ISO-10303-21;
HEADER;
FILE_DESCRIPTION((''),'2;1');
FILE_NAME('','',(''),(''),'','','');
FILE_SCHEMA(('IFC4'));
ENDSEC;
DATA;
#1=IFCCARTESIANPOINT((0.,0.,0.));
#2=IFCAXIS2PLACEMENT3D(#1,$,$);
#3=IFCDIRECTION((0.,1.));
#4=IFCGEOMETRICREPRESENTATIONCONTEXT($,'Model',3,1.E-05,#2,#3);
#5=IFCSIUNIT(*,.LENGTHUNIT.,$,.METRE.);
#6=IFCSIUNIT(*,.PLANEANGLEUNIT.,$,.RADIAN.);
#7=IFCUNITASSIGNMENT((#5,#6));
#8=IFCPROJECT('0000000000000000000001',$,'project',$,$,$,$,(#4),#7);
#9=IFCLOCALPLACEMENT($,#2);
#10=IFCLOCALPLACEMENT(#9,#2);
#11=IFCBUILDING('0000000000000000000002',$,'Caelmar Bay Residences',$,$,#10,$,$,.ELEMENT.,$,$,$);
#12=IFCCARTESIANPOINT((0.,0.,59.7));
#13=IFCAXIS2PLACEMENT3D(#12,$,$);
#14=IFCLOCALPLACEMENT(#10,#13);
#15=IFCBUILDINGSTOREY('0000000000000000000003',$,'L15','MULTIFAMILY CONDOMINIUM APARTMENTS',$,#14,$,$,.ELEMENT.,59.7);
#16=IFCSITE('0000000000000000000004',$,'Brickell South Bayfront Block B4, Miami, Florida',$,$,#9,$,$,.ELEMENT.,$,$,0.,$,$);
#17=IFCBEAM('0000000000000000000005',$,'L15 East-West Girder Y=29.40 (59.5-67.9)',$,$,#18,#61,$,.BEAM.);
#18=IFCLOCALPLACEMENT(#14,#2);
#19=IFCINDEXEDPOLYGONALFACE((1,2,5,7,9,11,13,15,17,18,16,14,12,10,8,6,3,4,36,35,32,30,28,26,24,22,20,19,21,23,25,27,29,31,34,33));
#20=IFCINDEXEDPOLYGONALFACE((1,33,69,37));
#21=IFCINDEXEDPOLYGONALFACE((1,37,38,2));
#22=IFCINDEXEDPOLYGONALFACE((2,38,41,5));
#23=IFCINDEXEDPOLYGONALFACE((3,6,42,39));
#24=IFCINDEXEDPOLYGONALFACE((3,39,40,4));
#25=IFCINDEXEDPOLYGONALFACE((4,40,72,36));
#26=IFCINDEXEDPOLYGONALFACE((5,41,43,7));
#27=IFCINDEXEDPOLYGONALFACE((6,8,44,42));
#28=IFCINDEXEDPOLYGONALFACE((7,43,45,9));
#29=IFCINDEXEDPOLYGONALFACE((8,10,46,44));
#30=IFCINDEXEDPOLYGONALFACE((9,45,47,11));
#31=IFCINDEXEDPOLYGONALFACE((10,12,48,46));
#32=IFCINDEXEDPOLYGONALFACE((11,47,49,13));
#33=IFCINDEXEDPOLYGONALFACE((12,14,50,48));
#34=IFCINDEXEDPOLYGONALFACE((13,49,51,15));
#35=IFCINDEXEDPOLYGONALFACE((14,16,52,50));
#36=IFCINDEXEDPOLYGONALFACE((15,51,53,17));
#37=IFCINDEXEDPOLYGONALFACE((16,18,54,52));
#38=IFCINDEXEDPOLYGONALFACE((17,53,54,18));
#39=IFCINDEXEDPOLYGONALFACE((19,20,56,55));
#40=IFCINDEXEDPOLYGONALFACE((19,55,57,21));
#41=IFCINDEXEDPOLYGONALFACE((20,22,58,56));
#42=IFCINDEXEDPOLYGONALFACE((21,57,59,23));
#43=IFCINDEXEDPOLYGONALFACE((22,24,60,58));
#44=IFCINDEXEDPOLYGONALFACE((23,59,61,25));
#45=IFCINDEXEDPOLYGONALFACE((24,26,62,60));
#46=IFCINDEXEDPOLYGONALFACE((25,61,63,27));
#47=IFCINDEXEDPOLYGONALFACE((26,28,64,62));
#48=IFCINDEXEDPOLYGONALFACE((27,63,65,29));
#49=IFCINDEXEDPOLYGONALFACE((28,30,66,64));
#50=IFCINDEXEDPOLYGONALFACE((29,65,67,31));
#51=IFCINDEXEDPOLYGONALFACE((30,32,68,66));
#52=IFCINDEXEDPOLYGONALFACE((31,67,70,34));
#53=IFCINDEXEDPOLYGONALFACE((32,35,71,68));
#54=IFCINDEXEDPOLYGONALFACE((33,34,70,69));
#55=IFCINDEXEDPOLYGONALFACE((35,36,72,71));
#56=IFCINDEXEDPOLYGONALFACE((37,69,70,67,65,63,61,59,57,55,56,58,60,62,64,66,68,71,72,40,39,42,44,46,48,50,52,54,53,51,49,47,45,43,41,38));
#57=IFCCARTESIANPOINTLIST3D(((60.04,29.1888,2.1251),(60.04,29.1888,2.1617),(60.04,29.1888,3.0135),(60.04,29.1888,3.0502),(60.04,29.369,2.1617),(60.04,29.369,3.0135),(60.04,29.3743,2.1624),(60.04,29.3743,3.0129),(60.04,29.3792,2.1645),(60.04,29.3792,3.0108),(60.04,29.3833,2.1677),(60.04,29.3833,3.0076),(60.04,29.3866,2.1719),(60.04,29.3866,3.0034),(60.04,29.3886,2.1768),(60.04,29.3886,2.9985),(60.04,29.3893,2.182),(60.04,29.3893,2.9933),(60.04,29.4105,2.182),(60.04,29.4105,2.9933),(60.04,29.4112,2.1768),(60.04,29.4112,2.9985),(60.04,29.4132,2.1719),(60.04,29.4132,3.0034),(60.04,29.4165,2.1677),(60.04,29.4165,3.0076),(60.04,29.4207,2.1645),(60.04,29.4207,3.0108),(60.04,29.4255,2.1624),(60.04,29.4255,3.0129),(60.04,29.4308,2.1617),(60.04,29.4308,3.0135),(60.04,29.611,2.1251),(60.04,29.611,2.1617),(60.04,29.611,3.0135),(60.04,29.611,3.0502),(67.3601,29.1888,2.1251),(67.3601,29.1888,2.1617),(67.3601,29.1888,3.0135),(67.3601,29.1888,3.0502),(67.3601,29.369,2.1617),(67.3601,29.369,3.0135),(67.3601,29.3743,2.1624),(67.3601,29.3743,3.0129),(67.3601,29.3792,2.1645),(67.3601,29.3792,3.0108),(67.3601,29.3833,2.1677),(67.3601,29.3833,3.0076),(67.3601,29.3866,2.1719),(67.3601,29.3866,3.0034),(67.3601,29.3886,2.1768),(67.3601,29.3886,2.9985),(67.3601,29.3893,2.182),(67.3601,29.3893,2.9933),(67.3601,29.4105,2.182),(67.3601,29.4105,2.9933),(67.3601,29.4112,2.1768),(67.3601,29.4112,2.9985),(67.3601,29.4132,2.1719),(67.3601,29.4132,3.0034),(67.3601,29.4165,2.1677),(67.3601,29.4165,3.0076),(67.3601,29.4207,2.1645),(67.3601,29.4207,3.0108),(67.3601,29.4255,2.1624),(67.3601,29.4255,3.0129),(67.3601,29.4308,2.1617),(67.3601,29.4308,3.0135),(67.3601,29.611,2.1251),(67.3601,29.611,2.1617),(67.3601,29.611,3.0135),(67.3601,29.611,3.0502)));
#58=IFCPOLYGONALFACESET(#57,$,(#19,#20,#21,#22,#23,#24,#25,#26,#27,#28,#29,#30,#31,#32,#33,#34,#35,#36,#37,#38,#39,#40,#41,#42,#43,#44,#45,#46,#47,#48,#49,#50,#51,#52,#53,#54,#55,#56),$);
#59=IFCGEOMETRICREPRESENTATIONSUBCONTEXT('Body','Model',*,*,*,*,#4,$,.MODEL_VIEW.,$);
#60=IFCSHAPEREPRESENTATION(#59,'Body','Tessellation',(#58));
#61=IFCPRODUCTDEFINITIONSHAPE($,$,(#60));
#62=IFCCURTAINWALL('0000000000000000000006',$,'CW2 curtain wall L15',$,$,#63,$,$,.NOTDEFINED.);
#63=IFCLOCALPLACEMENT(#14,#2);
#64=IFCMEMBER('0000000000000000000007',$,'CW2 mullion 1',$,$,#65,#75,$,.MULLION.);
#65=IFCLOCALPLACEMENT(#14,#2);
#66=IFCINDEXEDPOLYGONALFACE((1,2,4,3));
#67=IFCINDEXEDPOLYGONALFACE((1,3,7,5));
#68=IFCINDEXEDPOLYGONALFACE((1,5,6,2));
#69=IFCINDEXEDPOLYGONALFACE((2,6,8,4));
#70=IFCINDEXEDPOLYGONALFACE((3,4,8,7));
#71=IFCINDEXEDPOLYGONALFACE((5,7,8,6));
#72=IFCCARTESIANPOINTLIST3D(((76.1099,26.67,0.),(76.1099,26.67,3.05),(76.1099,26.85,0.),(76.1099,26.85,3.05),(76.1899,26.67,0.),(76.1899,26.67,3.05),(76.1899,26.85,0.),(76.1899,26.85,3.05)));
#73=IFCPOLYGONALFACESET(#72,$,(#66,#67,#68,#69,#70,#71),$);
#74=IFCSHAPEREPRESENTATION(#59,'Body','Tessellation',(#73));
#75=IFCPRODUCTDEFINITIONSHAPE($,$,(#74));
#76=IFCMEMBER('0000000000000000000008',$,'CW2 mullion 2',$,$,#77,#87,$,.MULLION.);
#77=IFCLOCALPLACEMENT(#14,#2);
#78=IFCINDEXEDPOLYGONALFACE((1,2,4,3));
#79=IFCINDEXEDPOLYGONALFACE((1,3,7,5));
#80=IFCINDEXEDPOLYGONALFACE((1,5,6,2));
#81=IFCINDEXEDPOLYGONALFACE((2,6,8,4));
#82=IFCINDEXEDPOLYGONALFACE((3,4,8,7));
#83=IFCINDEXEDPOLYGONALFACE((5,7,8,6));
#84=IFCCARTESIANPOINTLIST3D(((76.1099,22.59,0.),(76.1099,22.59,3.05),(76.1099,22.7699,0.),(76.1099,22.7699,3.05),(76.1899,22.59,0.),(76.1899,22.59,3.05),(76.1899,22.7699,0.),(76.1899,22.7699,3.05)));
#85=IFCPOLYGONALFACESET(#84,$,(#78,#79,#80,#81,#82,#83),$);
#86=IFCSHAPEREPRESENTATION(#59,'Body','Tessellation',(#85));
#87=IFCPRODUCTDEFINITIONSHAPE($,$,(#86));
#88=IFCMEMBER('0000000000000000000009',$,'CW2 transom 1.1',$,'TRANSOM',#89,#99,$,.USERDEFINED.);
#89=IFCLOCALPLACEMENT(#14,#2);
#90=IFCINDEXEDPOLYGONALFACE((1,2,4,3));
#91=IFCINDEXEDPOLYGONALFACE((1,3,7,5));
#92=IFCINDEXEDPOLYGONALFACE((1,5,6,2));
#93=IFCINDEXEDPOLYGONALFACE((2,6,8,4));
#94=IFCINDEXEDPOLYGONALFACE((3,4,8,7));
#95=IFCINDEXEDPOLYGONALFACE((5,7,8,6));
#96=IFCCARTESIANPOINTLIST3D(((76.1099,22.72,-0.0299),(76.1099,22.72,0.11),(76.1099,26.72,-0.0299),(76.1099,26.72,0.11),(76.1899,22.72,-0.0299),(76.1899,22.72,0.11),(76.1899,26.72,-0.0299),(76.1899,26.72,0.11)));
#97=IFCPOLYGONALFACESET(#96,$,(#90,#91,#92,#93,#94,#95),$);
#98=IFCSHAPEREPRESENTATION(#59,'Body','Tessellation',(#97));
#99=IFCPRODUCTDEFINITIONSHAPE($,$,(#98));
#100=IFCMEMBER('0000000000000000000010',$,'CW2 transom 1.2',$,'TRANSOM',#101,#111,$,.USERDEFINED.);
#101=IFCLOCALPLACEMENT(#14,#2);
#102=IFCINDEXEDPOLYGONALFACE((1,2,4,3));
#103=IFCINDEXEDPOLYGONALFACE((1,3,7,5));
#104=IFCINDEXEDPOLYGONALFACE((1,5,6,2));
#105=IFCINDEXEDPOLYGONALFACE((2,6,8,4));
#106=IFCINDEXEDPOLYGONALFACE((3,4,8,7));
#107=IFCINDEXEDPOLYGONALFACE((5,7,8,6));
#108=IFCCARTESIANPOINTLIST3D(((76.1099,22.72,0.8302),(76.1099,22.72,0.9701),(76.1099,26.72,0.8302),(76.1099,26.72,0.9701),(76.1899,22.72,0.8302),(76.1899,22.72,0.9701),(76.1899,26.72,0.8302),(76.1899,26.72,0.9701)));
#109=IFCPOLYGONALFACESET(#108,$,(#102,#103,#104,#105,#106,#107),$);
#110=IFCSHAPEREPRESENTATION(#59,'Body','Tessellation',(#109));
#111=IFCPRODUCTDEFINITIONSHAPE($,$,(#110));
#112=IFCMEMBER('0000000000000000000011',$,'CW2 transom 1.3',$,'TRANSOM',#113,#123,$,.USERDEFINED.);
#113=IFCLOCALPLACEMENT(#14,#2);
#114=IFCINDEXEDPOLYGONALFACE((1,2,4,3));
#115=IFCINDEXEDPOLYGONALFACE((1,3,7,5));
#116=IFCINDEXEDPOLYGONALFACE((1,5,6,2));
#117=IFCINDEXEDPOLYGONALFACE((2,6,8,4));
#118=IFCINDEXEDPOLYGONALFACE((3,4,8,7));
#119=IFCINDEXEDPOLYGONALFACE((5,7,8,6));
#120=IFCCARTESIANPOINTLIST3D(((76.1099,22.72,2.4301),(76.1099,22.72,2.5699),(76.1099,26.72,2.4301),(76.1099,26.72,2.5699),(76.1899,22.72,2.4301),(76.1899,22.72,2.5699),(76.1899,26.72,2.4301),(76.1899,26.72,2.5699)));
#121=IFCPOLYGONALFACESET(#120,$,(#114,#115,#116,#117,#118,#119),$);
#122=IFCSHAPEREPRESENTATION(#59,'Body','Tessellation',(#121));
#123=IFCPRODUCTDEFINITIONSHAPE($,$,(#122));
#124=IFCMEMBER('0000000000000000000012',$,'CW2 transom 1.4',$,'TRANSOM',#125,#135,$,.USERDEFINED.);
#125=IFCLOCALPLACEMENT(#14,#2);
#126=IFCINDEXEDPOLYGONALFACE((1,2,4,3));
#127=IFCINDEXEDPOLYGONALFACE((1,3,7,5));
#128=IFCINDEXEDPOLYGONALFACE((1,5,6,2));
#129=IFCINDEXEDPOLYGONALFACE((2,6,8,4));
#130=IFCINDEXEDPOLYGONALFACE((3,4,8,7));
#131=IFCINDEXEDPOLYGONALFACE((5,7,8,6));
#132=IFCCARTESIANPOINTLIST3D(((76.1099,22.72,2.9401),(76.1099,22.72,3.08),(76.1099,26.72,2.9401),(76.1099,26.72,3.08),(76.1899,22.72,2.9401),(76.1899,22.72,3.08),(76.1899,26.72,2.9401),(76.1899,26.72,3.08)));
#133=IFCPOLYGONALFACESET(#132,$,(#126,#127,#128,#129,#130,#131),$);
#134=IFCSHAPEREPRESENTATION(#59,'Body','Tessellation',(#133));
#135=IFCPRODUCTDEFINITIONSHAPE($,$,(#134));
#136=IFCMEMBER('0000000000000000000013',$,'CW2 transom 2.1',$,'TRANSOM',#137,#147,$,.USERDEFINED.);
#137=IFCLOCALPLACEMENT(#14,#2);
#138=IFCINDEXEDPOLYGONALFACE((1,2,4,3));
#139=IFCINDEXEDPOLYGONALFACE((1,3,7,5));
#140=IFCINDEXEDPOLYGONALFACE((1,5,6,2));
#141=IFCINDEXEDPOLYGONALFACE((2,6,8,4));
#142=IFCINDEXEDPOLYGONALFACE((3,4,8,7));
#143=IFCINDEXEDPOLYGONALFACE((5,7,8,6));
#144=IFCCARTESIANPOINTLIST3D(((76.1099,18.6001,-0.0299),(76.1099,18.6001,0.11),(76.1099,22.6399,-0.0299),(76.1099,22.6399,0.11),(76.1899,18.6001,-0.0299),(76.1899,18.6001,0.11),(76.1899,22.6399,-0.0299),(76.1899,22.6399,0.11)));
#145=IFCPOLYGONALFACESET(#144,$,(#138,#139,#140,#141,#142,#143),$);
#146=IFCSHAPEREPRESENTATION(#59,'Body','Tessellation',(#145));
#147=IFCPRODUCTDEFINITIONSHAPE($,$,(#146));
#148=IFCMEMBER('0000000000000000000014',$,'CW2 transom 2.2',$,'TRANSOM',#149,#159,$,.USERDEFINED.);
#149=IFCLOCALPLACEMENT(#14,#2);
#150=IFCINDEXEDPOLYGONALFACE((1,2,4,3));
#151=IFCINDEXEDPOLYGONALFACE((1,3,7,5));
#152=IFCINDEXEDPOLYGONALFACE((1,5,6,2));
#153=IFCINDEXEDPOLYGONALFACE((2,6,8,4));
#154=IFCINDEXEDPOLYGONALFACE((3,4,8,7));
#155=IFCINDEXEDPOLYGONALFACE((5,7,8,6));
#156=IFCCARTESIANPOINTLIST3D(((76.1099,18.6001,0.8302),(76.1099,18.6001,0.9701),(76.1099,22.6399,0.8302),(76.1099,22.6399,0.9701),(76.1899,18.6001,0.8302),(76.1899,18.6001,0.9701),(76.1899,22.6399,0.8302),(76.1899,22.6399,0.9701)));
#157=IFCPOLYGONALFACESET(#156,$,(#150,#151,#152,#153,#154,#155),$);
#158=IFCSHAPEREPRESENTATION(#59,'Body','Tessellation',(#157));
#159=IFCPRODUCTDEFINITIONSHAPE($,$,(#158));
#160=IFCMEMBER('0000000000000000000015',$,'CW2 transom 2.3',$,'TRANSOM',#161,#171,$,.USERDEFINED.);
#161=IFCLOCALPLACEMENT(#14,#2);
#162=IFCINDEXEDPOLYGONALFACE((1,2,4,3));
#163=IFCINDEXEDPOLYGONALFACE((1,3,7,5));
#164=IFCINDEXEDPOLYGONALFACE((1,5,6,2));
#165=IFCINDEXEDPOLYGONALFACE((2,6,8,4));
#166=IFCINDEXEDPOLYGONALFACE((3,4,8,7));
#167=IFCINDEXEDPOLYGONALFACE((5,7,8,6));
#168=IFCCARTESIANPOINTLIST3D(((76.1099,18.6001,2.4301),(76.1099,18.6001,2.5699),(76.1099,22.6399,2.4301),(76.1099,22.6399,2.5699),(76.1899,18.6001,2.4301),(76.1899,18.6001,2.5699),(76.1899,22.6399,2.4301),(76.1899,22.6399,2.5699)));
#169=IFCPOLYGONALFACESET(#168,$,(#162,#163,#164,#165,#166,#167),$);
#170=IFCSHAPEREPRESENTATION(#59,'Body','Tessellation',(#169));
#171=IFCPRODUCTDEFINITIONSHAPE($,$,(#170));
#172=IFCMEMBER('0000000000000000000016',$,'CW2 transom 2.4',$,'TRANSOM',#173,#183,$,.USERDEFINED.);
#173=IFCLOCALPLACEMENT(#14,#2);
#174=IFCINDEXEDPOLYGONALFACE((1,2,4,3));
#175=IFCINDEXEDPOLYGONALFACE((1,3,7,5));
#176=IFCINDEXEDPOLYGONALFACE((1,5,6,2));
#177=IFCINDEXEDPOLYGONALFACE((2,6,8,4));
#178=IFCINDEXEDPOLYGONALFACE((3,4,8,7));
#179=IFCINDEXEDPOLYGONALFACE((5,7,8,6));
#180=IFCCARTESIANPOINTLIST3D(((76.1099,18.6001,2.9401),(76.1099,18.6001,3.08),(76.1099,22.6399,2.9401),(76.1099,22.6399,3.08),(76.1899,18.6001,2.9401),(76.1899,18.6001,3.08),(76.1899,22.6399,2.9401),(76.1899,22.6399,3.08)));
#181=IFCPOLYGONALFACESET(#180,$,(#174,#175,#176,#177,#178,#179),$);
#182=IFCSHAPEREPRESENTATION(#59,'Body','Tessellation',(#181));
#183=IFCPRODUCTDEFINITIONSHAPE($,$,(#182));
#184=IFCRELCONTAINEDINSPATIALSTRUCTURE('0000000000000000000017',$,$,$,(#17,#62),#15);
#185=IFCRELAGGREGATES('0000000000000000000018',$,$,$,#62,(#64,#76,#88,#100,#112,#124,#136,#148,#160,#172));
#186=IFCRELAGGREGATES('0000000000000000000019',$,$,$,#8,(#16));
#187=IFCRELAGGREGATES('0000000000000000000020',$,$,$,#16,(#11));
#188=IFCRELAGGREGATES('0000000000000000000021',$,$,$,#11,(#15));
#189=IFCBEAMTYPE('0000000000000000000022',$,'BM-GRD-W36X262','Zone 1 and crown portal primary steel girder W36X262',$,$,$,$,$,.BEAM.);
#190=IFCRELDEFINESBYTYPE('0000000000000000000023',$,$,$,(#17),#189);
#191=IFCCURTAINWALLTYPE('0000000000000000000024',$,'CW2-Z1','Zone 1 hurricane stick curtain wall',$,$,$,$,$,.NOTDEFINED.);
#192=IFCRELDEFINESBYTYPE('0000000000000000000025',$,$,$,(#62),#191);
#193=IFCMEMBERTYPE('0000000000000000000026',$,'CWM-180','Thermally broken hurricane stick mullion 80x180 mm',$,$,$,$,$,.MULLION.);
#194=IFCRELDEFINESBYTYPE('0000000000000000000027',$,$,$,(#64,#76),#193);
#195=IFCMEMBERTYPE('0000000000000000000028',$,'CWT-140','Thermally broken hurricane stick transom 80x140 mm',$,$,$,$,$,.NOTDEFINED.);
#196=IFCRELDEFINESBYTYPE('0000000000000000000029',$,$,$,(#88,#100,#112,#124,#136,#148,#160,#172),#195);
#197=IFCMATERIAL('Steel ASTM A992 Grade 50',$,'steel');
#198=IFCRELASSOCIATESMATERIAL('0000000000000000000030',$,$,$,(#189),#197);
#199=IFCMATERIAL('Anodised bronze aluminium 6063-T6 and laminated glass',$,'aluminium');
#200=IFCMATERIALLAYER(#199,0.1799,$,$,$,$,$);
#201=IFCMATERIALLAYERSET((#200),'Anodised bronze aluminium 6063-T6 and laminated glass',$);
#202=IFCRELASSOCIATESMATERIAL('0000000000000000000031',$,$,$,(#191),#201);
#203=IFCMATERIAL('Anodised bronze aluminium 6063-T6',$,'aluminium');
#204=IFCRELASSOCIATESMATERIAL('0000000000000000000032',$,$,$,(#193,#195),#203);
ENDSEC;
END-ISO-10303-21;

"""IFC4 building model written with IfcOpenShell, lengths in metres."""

from ifc_helpers import new_model, si_unit, direction, frame, origin, origin_2d, place, context, subcontext, project, spatial, rectangle, i_section, extrude, material, layer, layer_set, material_profile, profile_set, type_object, element, aggregate, save


model = new_model("IFC4")

# Units and contexts
model_context = context("Model", 3, precision=1e-05, world=origin(), true_north=direction((0.0, 1.0)))
body_context = subcontext(model_context, "Body", "Model", "MODEL_VIEW")
ifc_project = project(units=[si_unit("LENGTHUNIT", "METRE"), si_unit("PLANEANGLEUNIT", "RADIAN")], contexts=[model_context])

# Site, building, storey
site_placement = place(None, origin())
site = spatial("IfcSite", under=ifc_project, at=site_placement, Name="Brickell South Bayfront Block B4, Miami, Florida", CompositionType="ELEMENT", RefElevation=0.0)
building_placement = place(site_placement, origin())
building = spatial("IfcBuilding", under=site, at=building_placement, Name="Caelmar Bay Residences", CompositionType="ELEMENT")
storey_placement = place(building_placement, frame((0.0, 0.0, 59.7)))
storey = spatial("IfcBuildingStorey", under=building, at=storey_placement, Name="L15", Description="MULTIFAMILY CONDOMINIUM APARTMENTS", CompositionType="ELEMENT", Elevation=59.7)

# Beam
ifc_material_1 = material(Name="Steel ASTM A992 Grade 50", Category="steel")
ifc_material_profile_1 = material_profile(ifc_material_1, i_section(OverallWidth=0.4221, OverallDepth=0.925, WebThickness=0.0212, FlangeThickness=0.0366, FilletRadius=0.0203, at=origin_2d()), Name="W36X262")
ifc_profile_set_1 = profile_set([ifc_material_profile_1], Name="Steel ASTM A992 Grade 50")
beam_type = type_object("IfcBeamType", Name="BM-GRD-W36X262", Description="Zone 1 and crown portal primary steel girder W36X262", PredefinedType="BEAM", material=ifc_profile_set_1)
beam_placement = place(storey_placement, frame((60.04, 29.3999, 2.5876), z_axis=(1.0, 0.0, 0.0), x_axis=(0.0, 1.0, 0.0)))
element("IfcBeam", 1, at=beam_placement, inside=storey, type_object=beam_type, Name="L15 East-West Girder Y=29.40 (59.5-67.9)", PredefinedType="BEAM", context=body_context, shape_type="SweptSolid", body=[
    extrude(i_section(OverallWidth=0.4221, OverallDepth=0.925, WebThickness=0.0212, FlangeThickness=0.0366, FilletRadius=0.0203, at=origin_2d()), origin(), (0.0, 0.0, 1.0), 7.3201),
])

# Curtain wall, members
ifc_material_2 = material(Name="Anodised bronze aluminium 6063-T6 and laminated glass", Category="aluminium")
ifc_layer_1 = layer(ifc_material_2, 0.1799)
ifc_layer_set_1 = layer_set([ifc_layer_1], Name="Anodised bronze aluminium 6063-T6 and laminated glass")
curtain_wall_type = type_object("IfcCurtainWallType", Name="CW2-Z1", Description="Zone 1 hurricane stick curtain wall", PredefinedType="NOTDEFINED", material=ifc_layer_set_1)
curtain_wall_placement = place(storey_placement, origin())
curtain_wall = element("IfcCurtainWall", 2, at=curtain_wall_placement, inside=storey, type_object=curtain_wall_type, Name="CW2 curtain wall L15", PredefinedType="NOTDEFINED")
ifc_material_3 = material(Name="Anodised bronze aluminium 6063-T6", Category="aluminium")
ifc_material_profile_2 = material_profile(ifc_material_3, rectangle(XDim=0.0801, YDim=0.1799, at=origin_2d()), Name="CWM-80X180")
ifc_profile_set_2 = profile_set([ifc_material_profile_2], Name="Anodised bronze aluminium 6063-T6")
member_type_1 = type_object("IfcMemberType", Name="CWM-180", Description="Thermally broken hurricane stick mullion 80x180 mm", PredefinedType="MULLION", material=ifc_profile_set_2)
member_1_placement = place(storey_placement, frame((76.1499, 26.76, 0.0), z_axis=(0.0, 0.0, 1.0), x_axis=(1.0, 0.0, 0.0)))
member_1 = element("IfcMember", 3, at=member_1_placement, type_object=member_type_1, Name="CW2 mullion 1", PredefinedType="MULLION", context=body_context, shape_type="SweptSolid", body=[
    extrude(rectangle(XDim=0.0801, YDim=0.1799, at=origin_2d()), origin(), (0.0, 0.0, 1.0), 3.05),
])
member_2_placement = place(storey_placement, frame((76.1499, 22.6799, 0.0), z_axis=(0.0, 0.0, 1.0), x_axis=(1.0, 0.0, 0.0)))
member_2 = element("IfcMember", 4, at=member_2_placement, type_object=member_type_1, Name="CW2 mullion 2", PredefinedType="MULLION", context=body_context, shape_type="SweptSolid", body=[
    extrude(rectangle(XDim=0.0801, YDim=0.1799, at=origin_2d()), origin(), (0.0, 0.0, 1.0), 3.05),
])
ifc_material_profile_3 = material_profile(ifc_material_3, rectangle(XDim=0.0801, YDim=0.1399, at=origin_2d()), Name="CWT-80X140")
ifc_profile_set_3 = profile_set([ifc_material_profile_3], Name="Anodised bronze aluminium 6063-T6")
member_type_2 = type_object("IfcMemberType", Name="CWT-140", Description="Thermally broken hurricane stick transom 80x140 mm", PredefinedType="NOTDEFINED", material=ifc_profile_set_3)
member_3_placement = place(storey_placement, frame((76.1499, 26.72, 0.04), z_axis=(0.0, -1.0, 0.0), x_axis=(1.0, 0.0, 0.0)))
member_3 = element("IfcMember", 5, at=member_3_placement, type_object=member_type_2, Name="CW2 transom 1.1", ObjectType="TRANSOM", PredefinedType="USERDEFINED", context=body_context, shape_type="SweptSolid", body=[
    extrude(rectangle(XDim=0.0801, YDim=0.1399, at=origin_2d()), origin(), (0.0, 0.0, 1.0), 4.0),
])
member_4_placement = place(storey_placement, frame((76.1499, 26.72, 0.9001), z_axis=(0.0, -1.0, 0.0), x_axis=(1.0, 0.0, 0.0)))
member_4 = element("IfcMember", 6, at=member_4_placement, type_object=member_type_2, Name="CW2 transom 1.2", ObjectType="TRANSOM", PredefinedType="USERDEFINED", context=body_context, shape_type="SweptSolid", body=[
    extrude(rectangle(XDim=0.0801, YDim=0.1399, at=origin_2d()), origin(), (0.0, 0.0, 1.0), 4.0),
])
member_5_placement = place(storey_placement, frame((76.1499, 26.72, 2.5), z_axis=(0.0, -1.0, 0.0), x_axis=(1.0, 0.0, 0.0)))
member_5 = element("IfcMember", 7, at=member_5_placement, type_object=member_type_2, Name="CW2 transom 1.3", ObjectType="TRANSOM", PredefinedType="USERDEFINED", context=body_context, shape_type="SweptSolid", body=[
    extrude(rectangle(XDim=0.0801, YDim=0.1399, at=origin_2d()), origin(), (0.0, 0.0, 1.0), 4.0),
])
member_6_placement = place(storey_placement, frame((76.1499, 26.72, 3.01), z_axis=(0.0, -1.0, 0.0), x_axis=(1.0, 0.0, 0.0)))
member_6 = element("IfcMember", 8, at=member_6_placement, type_object=member_type_2, Name="CW2 transom 1.4", ObjectType="TRANSOM", PredefinedType="USERDEFINED", context=body_context, shape_type="SweptSolid", body=[
    extrude(rectangle(XDim=0.0801, YDim=0.1399, at=origin_2d()), origin(), (0.0, 0.0, 1.0), 4.0),
])
member_7_placement = place(storey_placement, frame((76.1499, 22.6399, 0.04), z_axis=(0.0, -1.0, 0.0), x_axis=(1.0, 0.0, 0.0)))
member_7 = element("IfcMember", 9, at=member_7_placement, type_object=member_type_2, Name="CW2 transom 2.1", ObjectType="TRANSOM", PredefinedType="USERDEFINED", context=body_context, shape_type="SweptSolid", body=[
    extrude(rectangle(XDim=0.0801, YDim=0.1399, at=origin_2d()), origin(), (0.0, 0.0, 1.0), 4.0398),
])
member_8_placement = place(storey_placement, frame((76.1499, 22.6399, 0.9001), z_axis=(0.0, -1.0, 0.0), x_axis=(1.0, 0.0, 0.0)))
member_8 = element("IfcMember", 10, at=member_8_placement, type_object=member_type_2, Name="CW2 transom 2.2", ObjectType="TRANSOM", PredefinedType="USERDEFINED", context=body_context, shape_type="SweptSolid", body=[
    extrude(rectangle(XDim=0.0801, YDim=0.1399, at=origin_2d()), origin(), (0.0, 0.0, 1.0), 4.0398),
])
member_9_placement = place(storey_placement, frame((76.1499, 22.6399, 2.5), z_axis=(0.0, -1.0, 0.0), x_axis=(1.0, 0.0, 0.0)))
member_9 = element("IfcMember", 11, at=member_9_placement, type_object=member_type_2, Name="CW2 transom 2.3", ObjectType="TRANSOM", PredefinedType="USERDEFINED", context=body_context, shape_type="SweptSolid", body=[
    extrude(rectangle(XDim=0.0801, YDim=0.1399, at=origin_2d()), origin(), (0.0, 0.0, 1.0), 4.0398),
])
member_10_placement = place(storey_placement, frame((76.1499, 22.6399, 3.01), z_axis=(0.0, -1.0, 0.0), x_axis=(1.0, 0.0, 0.0)))
member_10 = element("IfcMember", 12, at=member_10_placement, type_object=member_type_2, Name="CW2 transom 2.4", ObjectType="TRANSOM", PredefinedType="USERDEFINED", context=body_context, shape_type="SweptSolid", body=[
    extrude(rectangle(XDim=0.0801, YDim=0.1399, at=origin_2d()), origin(), (0.0, 0.0, 1.0), 4.0398),
])
aggregate(curtain_wall, [member_1, member_2, member_3, member_4, member_5, member_6, member_7, member_8, member_9, member_10])

save(model, "model.ifc")
